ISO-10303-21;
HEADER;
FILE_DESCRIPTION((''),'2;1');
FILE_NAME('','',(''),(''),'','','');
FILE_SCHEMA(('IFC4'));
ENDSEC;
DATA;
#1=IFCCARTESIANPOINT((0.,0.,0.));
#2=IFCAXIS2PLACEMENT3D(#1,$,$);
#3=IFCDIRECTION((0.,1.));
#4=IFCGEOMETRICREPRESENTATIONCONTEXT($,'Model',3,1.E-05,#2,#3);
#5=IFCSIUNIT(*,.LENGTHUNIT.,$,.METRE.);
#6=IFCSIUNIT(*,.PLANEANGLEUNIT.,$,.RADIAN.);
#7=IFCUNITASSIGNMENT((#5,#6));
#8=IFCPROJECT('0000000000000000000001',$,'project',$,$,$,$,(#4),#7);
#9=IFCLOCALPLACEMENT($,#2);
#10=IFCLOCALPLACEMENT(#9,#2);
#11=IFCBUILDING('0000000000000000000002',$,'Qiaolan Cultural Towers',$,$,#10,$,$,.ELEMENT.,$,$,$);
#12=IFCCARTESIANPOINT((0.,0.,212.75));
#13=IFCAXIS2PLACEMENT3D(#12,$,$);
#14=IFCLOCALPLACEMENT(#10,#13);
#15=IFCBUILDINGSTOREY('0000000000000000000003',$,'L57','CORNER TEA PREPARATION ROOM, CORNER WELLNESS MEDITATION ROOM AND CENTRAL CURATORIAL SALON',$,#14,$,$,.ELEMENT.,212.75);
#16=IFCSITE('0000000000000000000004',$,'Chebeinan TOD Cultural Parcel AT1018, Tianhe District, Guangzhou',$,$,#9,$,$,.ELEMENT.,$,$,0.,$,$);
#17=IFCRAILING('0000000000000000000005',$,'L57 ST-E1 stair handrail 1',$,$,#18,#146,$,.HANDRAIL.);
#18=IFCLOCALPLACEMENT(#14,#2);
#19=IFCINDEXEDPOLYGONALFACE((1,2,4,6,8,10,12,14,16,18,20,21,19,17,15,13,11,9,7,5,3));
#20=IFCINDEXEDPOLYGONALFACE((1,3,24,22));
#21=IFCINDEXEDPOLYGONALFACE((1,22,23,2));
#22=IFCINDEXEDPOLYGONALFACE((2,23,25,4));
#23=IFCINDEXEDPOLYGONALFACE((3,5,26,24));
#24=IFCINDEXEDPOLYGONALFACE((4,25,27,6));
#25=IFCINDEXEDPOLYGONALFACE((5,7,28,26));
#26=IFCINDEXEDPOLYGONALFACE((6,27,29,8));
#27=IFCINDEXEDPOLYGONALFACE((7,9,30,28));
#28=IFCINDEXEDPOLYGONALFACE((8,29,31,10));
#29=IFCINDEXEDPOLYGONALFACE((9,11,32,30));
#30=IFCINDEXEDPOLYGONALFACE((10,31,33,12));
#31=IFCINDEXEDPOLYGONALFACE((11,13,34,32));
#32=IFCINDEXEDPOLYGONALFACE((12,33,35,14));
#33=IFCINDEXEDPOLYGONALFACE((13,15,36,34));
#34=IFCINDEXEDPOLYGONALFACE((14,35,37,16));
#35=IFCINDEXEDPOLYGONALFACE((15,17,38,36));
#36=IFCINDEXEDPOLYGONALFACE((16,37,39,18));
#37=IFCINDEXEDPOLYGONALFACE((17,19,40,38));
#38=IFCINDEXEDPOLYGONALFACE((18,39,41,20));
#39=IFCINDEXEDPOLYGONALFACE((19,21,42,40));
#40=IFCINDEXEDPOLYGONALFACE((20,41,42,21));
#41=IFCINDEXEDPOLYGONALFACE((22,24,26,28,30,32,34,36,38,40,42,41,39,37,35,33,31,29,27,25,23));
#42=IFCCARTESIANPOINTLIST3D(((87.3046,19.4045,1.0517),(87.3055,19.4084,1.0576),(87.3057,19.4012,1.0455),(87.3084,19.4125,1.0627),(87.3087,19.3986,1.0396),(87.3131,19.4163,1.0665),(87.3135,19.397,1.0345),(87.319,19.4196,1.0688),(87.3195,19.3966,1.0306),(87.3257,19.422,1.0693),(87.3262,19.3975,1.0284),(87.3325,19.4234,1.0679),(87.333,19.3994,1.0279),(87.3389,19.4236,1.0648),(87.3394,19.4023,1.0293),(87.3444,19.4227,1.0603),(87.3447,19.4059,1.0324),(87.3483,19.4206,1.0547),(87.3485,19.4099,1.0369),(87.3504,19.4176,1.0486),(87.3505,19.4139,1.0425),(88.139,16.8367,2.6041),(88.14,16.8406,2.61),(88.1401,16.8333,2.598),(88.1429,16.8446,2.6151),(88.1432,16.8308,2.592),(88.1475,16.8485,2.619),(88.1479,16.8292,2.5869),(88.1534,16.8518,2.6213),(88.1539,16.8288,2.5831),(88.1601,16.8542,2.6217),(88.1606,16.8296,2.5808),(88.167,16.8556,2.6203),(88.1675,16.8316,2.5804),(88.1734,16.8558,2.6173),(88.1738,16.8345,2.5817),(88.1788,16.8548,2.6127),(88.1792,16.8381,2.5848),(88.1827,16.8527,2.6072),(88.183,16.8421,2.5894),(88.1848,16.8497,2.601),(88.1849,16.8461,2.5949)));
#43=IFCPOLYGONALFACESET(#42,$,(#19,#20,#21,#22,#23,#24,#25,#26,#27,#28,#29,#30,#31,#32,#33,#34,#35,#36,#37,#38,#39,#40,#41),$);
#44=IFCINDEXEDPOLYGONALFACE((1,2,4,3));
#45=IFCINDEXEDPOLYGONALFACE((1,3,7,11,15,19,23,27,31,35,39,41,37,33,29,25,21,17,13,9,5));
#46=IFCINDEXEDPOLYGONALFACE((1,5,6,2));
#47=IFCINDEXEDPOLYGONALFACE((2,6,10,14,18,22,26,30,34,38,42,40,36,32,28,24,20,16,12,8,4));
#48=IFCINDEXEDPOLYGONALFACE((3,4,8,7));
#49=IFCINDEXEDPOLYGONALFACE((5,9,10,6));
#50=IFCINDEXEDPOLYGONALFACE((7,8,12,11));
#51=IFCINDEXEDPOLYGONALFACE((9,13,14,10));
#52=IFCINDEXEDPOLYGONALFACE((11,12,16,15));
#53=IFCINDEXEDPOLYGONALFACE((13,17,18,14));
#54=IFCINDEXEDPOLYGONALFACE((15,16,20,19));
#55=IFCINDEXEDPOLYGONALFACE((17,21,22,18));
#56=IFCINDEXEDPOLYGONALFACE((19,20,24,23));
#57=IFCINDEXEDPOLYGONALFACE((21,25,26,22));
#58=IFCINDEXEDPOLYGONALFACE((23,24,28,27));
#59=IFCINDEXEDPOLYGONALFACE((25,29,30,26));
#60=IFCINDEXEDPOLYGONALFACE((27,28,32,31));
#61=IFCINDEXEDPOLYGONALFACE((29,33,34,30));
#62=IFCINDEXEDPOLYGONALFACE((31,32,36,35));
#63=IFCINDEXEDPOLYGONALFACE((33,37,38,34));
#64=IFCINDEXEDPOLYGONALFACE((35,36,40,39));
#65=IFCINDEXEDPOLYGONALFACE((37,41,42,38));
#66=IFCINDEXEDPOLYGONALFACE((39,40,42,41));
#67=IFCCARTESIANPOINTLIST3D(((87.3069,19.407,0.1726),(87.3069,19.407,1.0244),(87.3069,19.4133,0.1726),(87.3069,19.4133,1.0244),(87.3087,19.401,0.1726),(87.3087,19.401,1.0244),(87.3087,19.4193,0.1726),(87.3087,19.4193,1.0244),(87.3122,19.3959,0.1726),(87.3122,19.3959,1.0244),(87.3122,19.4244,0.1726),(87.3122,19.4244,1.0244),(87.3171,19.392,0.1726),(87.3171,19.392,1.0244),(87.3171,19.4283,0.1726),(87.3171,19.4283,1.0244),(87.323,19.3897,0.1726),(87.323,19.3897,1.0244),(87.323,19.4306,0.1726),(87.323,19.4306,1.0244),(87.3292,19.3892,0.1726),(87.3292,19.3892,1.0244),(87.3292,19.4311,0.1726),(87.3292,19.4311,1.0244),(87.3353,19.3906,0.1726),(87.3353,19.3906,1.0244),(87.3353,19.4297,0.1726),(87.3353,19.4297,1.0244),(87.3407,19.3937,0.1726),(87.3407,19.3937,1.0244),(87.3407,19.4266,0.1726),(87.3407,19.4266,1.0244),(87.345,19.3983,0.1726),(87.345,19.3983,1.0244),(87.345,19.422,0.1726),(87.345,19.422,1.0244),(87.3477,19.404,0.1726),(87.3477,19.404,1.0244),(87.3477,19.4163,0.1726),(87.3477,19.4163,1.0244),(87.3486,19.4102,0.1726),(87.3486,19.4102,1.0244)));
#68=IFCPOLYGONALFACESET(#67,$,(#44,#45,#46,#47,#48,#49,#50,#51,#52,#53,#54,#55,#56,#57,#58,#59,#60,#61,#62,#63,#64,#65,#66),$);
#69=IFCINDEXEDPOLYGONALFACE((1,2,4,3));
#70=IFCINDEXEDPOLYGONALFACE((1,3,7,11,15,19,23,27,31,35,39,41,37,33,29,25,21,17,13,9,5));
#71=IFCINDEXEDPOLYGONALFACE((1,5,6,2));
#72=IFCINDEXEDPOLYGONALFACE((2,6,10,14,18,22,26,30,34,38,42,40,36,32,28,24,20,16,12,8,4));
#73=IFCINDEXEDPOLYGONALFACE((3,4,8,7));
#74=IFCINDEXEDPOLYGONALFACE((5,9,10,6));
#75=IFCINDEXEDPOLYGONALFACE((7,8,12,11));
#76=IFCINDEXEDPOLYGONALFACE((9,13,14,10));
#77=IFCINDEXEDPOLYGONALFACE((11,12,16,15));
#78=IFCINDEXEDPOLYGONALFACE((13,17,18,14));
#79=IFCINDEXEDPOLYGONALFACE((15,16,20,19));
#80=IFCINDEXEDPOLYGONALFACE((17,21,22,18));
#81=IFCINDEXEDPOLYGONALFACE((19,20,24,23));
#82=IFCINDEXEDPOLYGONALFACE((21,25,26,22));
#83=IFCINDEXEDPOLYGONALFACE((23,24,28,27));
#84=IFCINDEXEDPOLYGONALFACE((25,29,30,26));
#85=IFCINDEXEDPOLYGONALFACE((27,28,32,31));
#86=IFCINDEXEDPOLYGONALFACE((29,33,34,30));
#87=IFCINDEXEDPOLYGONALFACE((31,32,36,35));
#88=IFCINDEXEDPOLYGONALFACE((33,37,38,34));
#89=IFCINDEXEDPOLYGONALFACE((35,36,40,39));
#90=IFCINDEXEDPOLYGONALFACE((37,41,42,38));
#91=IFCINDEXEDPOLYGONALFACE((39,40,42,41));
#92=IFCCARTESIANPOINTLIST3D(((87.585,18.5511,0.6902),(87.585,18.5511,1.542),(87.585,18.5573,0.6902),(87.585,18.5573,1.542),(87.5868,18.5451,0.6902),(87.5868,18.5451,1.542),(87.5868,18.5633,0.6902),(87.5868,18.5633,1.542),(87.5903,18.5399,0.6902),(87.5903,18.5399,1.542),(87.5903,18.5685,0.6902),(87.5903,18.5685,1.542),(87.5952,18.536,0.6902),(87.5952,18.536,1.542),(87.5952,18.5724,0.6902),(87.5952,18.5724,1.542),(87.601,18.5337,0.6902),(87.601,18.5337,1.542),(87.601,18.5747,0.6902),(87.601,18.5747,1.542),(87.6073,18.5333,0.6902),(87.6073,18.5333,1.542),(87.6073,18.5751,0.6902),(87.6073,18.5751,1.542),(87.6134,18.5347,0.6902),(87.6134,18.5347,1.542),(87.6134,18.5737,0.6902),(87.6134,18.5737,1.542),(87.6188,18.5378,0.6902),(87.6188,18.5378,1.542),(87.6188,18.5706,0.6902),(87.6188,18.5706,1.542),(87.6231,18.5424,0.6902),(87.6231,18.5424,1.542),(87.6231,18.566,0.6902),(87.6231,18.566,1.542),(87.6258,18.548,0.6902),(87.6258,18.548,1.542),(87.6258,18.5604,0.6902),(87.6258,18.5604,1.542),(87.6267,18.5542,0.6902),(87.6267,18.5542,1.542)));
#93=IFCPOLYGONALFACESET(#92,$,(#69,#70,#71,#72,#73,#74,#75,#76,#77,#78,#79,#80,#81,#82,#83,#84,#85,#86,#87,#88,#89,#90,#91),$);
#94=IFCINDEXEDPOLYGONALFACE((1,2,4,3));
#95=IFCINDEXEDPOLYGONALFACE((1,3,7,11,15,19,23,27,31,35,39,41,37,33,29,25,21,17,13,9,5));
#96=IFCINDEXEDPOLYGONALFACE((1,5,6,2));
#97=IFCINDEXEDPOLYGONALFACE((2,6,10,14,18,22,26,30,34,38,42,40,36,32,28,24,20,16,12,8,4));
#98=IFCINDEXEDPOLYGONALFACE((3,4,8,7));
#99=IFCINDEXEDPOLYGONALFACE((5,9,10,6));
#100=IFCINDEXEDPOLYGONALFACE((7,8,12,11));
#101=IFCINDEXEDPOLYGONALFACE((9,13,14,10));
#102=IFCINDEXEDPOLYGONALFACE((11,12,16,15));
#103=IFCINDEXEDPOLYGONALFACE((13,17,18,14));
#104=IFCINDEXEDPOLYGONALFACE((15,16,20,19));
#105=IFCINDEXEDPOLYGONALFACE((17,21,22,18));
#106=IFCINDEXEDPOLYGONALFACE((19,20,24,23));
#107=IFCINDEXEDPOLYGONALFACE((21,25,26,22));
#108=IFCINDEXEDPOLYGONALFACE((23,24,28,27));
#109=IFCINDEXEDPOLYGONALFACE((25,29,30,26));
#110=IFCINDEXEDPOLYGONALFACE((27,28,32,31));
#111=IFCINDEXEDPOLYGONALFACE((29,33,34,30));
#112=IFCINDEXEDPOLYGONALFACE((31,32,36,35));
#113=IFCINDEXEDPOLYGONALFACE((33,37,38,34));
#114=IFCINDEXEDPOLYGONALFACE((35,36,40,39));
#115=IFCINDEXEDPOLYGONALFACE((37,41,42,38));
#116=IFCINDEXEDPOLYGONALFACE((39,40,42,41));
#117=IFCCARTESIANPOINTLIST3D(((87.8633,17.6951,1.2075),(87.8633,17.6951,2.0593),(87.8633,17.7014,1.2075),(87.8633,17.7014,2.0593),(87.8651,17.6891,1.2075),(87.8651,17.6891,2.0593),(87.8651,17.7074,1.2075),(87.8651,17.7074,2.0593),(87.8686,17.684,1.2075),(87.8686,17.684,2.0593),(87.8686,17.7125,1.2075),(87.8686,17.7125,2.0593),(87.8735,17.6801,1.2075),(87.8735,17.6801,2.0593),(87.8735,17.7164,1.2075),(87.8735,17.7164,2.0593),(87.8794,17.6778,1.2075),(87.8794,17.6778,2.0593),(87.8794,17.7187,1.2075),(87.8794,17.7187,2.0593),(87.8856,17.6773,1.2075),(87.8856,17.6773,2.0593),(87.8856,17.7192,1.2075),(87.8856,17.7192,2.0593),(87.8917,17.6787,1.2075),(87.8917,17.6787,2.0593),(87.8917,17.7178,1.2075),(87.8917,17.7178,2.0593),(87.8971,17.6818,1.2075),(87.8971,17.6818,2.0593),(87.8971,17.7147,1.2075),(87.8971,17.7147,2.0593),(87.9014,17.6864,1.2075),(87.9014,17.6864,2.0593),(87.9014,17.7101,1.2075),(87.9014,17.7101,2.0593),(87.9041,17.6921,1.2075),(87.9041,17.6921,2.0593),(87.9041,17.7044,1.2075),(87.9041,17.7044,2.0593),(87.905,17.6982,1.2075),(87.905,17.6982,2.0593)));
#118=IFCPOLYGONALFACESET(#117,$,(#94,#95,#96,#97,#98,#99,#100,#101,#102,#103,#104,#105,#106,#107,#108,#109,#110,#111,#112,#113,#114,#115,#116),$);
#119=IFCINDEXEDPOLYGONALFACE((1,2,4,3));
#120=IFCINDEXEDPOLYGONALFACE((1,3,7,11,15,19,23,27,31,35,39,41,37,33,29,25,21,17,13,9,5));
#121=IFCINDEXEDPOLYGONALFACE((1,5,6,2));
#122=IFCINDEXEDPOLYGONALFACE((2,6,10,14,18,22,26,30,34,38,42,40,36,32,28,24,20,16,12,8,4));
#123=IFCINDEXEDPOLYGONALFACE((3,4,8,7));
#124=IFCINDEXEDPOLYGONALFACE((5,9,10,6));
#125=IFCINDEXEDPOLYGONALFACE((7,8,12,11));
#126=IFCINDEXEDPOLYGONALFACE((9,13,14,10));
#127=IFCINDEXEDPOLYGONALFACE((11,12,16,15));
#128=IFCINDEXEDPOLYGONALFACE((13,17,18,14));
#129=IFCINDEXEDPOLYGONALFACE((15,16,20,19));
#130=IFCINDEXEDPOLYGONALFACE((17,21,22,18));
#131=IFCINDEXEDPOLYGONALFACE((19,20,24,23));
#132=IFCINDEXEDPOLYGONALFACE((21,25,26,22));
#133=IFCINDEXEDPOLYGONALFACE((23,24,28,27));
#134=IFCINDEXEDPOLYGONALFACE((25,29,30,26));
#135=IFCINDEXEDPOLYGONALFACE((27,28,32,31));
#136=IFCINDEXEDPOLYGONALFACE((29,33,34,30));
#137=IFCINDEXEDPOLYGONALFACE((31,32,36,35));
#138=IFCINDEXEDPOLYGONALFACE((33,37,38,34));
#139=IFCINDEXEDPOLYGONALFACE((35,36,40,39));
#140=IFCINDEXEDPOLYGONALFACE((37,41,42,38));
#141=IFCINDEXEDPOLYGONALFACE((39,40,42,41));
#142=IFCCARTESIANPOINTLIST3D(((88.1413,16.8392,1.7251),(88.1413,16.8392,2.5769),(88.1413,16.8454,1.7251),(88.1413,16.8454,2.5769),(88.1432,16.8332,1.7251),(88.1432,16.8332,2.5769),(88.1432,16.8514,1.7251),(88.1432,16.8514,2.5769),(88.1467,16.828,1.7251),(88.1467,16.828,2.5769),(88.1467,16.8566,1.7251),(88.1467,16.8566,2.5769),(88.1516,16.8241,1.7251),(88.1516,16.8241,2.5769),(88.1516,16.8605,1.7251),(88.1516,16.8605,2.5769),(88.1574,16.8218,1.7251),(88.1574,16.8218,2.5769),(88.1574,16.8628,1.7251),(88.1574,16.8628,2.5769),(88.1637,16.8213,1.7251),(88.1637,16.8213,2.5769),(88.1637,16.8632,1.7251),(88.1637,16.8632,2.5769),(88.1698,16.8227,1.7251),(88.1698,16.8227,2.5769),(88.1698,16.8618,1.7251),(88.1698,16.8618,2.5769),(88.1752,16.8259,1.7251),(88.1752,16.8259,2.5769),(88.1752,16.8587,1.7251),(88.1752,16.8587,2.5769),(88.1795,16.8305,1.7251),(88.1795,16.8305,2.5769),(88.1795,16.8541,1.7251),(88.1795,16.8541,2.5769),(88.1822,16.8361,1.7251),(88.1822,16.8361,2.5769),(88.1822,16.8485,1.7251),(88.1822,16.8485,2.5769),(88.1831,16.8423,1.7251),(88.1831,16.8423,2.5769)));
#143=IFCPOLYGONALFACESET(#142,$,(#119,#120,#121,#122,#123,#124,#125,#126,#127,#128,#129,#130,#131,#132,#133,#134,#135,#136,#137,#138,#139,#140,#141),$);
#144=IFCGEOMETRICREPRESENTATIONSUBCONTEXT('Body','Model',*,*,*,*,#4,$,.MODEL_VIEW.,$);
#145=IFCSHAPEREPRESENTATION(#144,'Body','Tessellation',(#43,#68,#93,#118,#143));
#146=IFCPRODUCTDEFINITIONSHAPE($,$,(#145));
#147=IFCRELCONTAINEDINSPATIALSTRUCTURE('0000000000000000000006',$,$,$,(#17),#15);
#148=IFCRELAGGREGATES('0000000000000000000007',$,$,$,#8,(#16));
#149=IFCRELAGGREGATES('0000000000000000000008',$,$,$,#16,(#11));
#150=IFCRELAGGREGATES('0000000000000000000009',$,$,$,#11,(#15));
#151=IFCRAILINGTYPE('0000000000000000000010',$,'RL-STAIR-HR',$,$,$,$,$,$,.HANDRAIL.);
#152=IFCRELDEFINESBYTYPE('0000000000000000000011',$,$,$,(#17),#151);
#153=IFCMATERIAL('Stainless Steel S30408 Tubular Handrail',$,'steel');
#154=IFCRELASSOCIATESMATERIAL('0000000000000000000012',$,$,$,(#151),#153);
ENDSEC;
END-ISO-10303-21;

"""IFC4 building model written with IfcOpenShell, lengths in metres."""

from ifc_helpers import new_model, si_unit, direction, frame, origin, origin_2d, place, context, subcontext, project, spatial, circle, extrude, material, type_object, element, save


model = new_model("IFC4")

# Units and contexts
model_context = context("Model", 3, precision=1e-05, world=origin(), true_north=direction((0.0, 1.0)))
body_context = subcontext(model_context, "Body", "Model", "MODEL_VIEW")
ifc_project = project(units=[si_unit("LENGTHUNIT", "METRE"), si_unit("PLANEANGLEUNIT", "RADIAN")], contexts=[model_context])

# Site, building, storey
site_placement = place(None, origin())
site = spatial("IfcSite", under=ifc_project, at=site_placement, Name="Chebeinan TOD Cultural Parcel AT1018, Tianhe District, Guangzhou", CompositionType="ELEMENT", RefElevation=0.0)
building_placement = place(site_placement, origin())
building = spatial("IfcBuilding", under=site, at=building_placement, Name="Qiaolan Cultural Towers", CompositionType="ELEMENT")
storey_placement = place(building_placement, frame((0.0, 0.0, 212.75)))
storey = spatial("IfcBuildingStorey", under=building, at=storey_placement, Name="L57", Description="CORNER TEA PREPARATION ROOM, CORNER WELLNESS MEDITATION ROOM AND CENTRAL CURATORIAL SALON", CompositionType="ELEMENT", Elevation=212.75)

# Railing
ifc_material_1 = material(Name="Stainless Steel S30408 Tubular Handrail", Category="steel")
railing_type_1 = type_object("IfcRailingType", Name="RL-STAIR-HR", PredefinedType="HANDRAIL", material=ifc_material_1)
railing_1_placement = place(storey_placement, frame((87.3276, 19.4102, 0.1726)))
element("IfcRailing", 1, at=railing_1_placement, inside=storey, type_object=railing_type_1, Name="L57 ST-E1 stair handrail 1", PredefinedType="HANDRAIL", context=body_context, shape_type="SweptSolid", body=[
    extrude(circle(Radius=0.0239, at=origin_2d()), frame((0.0, 0.0, 0.876), z_axis=(0.267926, -0.824471, 0.498461), x_axis=(0.951043, 0.309057, 0.0)), (0.0, 0.0, 1.0), 3.1145),
    extrude(circle(Radius=0.021, at=origin_2d()), origin(), (0.0, 0.0, 1.0), 0.8518),
    extrude(circle(Radius=0.021, at=origin_2d()), frame((0.2781, -0.856, 0.5176)), (0.0, 0.0, 1.0), 0.8518),
    extrude(circle(Radius=0.021, at=origin_2d()), frame((0.5564, -1.7119, 1.0349)), (0.0, 0.0, 1.0), 0.8518),
    extrude(circle(Radius=0.021, at=origin_2d()), frame((0.8345, -2.5679, 1.5525)), (0.0, 0.0, 1.0), 0.8518),
])

save(model, "model.ifc")
